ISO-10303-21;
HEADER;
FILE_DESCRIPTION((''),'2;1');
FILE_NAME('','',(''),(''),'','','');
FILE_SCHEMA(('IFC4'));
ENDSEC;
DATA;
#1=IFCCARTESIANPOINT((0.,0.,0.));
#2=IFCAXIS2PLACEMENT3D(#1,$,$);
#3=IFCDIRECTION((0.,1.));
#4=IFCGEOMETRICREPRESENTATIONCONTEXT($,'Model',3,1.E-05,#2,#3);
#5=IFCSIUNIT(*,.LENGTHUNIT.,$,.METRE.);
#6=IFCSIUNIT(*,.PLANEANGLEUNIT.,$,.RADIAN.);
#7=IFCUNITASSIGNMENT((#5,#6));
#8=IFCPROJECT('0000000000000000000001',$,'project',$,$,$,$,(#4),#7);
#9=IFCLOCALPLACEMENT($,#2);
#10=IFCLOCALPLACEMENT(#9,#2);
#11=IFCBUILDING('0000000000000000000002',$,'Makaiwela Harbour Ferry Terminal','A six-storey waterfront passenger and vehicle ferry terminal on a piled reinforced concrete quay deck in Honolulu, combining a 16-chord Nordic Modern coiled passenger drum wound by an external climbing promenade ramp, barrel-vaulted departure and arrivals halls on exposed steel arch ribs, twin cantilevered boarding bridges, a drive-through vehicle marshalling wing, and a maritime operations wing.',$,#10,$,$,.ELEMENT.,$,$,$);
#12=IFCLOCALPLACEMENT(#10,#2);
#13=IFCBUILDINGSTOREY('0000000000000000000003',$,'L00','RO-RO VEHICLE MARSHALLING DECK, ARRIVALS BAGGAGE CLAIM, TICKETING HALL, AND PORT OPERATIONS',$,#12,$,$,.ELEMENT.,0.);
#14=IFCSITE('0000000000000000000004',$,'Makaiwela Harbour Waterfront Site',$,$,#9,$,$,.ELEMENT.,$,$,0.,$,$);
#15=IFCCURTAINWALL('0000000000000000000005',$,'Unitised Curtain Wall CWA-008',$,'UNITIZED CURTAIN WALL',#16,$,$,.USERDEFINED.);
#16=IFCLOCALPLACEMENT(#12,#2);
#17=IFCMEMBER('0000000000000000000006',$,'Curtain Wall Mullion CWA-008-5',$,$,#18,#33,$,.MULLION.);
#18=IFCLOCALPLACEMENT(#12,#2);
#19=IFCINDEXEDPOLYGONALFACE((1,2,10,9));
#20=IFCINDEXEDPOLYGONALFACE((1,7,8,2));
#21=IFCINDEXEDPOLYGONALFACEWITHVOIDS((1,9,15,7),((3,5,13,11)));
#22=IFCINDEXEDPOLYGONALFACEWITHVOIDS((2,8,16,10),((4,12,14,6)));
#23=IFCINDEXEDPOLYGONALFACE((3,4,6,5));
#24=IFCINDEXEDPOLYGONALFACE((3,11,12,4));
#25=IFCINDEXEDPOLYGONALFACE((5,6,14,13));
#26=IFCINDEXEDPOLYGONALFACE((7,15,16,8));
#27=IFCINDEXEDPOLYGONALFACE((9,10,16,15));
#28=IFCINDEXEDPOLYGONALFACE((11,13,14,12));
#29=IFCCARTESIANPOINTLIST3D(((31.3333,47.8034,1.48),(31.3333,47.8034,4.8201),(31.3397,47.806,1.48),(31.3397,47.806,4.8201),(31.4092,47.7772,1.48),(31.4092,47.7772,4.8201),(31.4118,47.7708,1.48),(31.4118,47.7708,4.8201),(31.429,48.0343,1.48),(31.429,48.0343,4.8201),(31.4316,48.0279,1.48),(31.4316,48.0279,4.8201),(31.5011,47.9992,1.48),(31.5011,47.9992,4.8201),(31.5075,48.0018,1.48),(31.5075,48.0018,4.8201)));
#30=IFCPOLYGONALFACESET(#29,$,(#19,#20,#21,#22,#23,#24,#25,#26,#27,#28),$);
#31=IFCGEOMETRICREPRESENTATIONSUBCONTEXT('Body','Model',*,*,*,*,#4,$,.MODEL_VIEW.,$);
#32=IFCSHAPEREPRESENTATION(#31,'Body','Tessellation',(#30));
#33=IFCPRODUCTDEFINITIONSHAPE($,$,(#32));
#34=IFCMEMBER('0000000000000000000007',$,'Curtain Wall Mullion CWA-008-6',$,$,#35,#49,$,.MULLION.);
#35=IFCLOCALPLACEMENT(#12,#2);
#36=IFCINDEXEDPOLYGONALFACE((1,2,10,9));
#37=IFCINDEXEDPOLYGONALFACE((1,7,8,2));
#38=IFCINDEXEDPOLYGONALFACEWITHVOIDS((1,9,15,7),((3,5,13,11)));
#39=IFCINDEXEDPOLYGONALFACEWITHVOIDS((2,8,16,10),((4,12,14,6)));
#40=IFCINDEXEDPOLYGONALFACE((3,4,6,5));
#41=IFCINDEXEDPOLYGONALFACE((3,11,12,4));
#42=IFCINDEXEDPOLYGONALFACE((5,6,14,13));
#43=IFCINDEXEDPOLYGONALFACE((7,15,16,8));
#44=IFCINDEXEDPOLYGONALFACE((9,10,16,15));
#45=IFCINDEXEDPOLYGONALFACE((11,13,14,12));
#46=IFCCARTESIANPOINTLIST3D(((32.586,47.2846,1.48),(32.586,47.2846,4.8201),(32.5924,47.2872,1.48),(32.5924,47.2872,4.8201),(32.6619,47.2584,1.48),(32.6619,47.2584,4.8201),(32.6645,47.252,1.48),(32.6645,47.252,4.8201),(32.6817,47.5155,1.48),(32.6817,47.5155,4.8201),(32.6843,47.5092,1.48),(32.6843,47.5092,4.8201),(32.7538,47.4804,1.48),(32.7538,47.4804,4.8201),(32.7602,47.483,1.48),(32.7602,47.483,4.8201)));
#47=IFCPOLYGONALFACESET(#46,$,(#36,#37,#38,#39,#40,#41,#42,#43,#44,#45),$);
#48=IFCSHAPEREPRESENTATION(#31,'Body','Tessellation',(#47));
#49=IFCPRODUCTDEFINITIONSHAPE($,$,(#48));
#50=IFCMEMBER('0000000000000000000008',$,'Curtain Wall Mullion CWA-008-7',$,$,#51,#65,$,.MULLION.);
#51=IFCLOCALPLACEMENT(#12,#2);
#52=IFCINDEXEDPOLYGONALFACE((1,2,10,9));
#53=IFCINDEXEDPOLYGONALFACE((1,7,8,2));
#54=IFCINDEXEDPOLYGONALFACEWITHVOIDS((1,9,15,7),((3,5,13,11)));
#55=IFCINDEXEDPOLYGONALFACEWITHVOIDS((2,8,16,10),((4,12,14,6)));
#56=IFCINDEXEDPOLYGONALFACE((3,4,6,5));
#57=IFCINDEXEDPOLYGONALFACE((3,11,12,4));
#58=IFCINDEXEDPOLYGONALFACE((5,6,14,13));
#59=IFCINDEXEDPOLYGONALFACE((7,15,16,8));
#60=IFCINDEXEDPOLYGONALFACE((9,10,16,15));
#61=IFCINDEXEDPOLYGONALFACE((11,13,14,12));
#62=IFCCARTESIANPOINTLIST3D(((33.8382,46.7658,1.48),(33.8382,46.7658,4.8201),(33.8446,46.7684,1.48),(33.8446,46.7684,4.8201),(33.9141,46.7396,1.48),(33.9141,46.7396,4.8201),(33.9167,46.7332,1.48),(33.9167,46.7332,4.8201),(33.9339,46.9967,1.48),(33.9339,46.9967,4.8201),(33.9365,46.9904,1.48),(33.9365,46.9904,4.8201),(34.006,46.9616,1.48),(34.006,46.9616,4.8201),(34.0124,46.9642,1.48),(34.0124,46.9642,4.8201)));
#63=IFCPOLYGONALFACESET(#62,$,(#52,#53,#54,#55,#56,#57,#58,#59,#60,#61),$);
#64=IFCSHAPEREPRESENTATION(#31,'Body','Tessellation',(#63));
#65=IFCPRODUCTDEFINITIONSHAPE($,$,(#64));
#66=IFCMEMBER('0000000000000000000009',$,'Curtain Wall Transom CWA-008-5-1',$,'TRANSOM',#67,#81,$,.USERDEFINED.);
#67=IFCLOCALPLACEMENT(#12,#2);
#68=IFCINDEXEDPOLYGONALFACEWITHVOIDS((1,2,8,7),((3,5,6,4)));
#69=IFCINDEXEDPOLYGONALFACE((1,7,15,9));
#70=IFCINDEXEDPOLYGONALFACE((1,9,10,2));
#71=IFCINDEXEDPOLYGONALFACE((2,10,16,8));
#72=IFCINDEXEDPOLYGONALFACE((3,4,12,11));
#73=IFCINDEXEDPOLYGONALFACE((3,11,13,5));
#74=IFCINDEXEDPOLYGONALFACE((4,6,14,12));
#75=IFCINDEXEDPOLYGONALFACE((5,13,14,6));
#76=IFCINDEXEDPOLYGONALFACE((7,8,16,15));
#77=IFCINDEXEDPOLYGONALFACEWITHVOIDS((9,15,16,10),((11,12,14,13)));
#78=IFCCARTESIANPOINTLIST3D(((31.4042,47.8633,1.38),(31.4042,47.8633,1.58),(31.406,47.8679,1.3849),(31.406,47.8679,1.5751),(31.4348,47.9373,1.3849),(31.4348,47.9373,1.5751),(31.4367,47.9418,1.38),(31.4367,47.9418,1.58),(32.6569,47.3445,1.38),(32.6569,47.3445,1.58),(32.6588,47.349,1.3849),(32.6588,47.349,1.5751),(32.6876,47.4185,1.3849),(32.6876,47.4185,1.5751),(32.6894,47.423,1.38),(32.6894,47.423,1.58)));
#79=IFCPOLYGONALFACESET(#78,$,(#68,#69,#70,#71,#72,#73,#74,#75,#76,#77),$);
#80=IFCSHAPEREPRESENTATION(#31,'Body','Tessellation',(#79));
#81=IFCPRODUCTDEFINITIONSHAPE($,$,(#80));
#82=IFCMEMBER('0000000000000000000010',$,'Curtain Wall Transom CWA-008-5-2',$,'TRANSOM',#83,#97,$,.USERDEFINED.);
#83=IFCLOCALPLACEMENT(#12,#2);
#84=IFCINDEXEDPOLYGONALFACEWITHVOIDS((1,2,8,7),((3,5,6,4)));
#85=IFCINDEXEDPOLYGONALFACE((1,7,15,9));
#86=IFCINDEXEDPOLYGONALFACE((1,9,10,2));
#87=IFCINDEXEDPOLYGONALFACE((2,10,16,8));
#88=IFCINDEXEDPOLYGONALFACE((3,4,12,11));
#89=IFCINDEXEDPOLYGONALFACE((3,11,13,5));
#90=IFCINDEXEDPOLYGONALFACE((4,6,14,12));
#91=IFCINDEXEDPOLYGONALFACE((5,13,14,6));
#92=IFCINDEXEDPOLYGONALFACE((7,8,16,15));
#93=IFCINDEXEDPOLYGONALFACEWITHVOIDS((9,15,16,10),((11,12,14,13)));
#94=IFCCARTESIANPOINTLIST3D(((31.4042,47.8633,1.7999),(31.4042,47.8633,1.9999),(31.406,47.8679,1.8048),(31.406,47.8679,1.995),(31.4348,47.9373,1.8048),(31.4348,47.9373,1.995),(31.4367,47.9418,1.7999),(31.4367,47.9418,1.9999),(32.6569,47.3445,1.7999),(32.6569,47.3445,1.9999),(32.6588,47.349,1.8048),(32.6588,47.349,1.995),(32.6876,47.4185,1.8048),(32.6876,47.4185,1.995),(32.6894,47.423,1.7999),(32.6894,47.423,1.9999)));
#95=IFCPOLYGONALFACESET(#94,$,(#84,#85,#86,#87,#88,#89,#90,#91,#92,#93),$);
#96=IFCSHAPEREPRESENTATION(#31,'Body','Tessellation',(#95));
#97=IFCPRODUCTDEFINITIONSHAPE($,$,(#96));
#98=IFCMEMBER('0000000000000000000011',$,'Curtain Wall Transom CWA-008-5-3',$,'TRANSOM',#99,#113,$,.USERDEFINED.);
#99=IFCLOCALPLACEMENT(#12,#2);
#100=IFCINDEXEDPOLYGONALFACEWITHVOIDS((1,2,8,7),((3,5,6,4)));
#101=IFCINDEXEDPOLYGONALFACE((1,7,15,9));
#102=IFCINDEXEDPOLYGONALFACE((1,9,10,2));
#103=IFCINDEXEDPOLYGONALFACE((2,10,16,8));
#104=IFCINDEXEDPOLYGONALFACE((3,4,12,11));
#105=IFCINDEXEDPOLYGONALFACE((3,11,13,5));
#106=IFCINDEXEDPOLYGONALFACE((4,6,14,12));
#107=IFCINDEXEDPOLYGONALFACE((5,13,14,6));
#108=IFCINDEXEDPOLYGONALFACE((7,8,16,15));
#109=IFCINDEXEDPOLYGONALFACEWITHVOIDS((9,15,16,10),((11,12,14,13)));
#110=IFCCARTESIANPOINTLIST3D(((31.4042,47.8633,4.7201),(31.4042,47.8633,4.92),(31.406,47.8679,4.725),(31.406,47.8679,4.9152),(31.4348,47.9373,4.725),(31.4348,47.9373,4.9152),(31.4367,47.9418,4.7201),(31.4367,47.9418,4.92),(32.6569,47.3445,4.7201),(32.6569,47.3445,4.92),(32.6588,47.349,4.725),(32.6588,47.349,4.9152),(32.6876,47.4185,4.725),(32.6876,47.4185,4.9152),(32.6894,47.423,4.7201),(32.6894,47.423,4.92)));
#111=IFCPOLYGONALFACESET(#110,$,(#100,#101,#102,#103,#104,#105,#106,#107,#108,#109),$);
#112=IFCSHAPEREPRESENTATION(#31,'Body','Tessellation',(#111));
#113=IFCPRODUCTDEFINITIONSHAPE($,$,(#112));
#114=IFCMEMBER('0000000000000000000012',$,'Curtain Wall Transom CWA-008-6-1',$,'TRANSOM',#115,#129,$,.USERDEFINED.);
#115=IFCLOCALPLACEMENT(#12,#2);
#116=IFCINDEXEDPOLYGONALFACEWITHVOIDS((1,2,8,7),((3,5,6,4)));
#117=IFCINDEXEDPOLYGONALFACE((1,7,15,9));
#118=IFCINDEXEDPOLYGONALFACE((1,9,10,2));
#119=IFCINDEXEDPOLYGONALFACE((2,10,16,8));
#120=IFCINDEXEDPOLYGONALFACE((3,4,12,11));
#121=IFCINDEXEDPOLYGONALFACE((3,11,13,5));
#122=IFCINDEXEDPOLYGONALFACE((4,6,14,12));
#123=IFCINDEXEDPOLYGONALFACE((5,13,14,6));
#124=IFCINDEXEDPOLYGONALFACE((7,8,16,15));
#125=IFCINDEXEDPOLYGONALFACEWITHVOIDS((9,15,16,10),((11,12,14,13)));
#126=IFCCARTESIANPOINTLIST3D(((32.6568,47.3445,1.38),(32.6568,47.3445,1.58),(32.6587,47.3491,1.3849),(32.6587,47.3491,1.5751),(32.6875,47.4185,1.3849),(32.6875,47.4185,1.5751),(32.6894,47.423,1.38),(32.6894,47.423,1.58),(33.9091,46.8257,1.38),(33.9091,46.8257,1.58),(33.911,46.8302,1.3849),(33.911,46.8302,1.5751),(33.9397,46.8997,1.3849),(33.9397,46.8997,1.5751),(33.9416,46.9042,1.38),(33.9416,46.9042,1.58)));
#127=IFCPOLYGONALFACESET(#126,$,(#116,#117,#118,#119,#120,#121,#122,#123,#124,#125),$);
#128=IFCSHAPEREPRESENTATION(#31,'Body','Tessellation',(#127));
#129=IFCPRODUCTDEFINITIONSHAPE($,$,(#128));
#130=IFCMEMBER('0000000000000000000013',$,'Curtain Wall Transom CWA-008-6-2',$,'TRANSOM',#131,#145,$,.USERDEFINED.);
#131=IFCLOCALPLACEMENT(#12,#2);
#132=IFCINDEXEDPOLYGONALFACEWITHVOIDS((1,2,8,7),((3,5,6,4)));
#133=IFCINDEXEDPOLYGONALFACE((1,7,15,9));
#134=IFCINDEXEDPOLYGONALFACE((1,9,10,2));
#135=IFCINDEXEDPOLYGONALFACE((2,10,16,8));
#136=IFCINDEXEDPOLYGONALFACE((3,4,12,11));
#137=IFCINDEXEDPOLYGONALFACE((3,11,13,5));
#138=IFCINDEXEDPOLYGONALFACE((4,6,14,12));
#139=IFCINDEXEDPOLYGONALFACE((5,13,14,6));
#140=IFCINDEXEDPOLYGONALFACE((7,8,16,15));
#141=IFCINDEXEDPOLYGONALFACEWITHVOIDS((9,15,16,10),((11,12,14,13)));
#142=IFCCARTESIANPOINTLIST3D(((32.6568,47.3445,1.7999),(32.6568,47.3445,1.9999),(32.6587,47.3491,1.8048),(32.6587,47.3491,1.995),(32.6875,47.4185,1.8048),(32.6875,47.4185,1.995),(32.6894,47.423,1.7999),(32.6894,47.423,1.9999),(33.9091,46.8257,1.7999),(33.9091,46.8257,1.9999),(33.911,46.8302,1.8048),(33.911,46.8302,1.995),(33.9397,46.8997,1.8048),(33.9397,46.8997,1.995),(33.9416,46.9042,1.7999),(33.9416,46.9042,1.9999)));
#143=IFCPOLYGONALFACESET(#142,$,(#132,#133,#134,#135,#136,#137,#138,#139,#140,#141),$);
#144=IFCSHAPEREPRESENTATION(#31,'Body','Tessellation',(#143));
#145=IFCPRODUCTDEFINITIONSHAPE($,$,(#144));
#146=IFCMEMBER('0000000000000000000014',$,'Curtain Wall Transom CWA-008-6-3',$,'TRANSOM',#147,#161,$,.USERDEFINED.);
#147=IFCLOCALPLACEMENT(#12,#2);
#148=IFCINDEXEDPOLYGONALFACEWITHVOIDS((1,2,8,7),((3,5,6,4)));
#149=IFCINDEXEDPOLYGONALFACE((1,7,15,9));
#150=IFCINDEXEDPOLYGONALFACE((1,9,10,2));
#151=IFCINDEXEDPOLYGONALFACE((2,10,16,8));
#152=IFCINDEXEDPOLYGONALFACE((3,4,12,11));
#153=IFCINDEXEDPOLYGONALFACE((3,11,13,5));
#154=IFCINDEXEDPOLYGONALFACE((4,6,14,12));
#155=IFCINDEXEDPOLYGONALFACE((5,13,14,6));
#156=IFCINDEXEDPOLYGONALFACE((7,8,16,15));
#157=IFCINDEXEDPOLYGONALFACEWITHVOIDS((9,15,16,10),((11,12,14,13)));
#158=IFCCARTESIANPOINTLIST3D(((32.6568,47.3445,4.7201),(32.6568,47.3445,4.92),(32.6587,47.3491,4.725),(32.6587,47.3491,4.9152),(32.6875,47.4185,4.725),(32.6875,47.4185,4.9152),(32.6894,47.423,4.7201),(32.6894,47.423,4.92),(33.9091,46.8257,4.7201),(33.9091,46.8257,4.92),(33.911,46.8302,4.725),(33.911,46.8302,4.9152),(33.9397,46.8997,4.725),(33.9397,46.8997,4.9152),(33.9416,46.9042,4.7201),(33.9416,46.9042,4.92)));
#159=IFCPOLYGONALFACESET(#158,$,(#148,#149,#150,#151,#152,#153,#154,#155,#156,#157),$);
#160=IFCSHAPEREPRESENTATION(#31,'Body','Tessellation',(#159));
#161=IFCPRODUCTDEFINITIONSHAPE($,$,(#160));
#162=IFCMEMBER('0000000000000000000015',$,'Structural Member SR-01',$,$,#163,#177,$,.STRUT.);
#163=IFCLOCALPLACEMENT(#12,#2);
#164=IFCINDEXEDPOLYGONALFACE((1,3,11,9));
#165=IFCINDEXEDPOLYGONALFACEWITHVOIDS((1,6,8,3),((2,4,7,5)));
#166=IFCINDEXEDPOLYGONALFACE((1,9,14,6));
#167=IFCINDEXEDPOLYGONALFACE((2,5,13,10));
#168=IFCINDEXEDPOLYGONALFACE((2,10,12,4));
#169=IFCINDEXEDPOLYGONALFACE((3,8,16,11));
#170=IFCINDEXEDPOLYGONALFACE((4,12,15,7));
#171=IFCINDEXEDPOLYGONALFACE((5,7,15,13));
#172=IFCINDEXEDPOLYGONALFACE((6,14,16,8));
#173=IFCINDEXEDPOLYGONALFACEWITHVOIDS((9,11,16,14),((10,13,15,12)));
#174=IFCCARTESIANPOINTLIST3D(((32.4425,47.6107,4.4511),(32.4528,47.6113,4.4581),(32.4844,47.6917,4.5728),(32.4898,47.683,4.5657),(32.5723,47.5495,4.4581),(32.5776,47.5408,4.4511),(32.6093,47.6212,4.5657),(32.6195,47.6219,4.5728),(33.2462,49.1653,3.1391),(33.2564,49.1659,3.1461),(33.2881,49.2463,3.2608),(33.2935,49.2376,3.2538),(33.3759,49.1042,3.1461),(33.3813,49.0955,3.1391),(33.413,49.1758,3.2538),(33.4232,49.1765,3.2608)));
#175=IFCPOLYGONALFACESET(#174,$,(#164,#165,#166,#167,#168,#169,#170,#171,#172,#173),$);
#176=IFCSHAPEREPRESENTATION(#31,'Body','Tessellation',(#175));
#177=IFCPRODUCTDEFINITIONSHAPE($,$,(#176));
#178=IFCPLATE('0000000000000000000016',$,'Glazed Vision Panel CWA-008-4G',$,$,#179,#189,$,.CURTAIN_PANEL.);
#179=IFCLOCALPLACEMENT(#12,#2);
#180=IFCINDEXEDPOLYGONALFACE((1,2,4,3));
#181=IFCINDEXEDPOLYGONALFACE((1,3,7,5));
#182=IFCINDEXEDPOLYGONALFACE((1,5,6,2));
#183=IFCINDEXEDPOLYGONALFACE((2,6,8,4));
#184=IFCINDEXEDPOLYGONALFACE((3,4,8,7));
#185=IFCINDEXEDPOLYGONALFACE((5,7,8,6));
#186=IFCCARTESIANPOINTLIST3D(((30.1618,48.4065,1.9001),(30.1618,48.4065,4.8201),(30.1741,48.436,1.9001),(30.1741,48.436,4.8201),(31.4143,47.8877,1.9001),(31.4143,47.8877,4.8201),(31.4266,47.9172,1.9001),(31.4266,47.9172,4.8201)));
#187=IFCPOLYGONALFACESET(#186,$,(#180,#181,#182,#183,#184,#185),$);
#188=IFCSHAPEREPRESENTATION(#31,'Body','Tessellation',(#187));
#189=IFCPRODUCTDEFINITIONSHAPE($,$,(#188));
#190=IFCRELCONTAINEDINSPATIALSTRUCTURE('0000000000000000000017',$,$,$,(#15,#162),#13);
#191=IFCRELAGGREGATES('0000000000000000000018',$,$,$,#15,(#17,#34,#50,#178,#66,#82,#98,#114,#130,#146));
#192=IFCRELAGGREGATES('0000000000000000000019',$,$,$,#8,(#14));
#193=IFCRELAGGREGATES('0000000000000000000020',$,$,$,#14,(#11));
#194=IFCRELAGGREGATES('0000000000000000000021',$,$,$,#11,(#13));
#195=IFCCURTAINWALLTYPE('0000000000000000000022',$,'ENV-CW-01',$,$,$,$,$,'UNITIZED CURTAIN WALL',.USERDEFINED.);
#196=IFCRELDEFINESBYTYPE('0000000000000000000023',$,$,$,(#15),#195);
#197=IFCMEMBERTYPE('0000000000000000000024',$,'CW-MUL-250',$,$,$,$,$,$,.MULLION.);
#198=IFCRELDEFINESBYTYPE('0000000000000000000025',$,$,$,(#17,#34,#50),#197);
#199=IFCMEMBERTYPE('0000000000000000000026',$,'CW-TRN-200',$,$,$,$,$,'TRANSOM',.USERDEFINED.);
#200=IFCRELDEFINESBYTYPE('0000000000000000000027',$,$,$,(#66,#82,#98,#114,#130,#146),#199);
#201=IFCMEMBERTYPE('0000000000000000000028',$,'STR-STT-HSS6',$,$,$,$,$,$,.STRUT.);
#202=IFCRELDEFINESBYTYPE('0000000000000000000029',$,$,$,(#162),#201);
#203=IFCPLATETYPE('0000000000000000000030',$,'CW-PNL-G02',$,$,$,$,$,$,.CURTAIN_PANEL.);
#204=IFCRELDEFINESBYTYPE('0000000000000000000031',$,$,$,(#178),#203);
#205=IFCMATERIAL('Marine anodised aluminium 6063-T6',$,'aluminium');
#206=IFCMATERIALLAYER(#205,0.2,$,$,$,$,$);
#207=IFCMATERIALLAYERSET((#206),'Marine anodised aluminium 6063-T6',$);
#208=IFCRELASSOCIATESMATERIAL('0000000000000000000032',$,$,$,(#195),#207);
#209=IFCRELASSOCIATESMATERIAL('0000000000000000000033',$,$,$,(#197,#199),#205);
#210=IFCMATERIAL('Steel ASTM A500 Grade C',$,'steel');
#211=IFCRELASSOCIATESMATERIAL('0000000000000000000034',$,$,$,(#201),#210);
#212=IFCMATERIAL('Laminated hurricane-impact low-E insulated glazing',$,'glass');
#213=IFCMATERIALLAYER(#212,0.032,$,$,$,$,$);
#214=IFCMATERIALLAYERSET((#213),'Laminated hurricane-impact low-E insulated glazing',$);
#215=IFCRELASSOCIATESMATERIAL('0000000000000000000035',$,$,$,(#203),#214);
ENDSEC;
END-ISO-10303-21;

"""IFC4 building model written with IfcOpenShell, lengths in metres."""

from ifc_helpers import new_model, si_unit, direction, frame, origin, origin_2d, place, context, subcontext, project, spatial, rectangle, hollow_rectangle, extrude, material, layer, layer_set, material_profile, profile_set, type_object, element, aggregate, save


model = new_model("IFC4")

# Units and contexts
model_context = context("Model", 3, precision=1e-05, world=origin(), true_north=direction((0.0, 1.0)))
body_context = subcontext(model_context, "Body", "Model", "MODEL_VIEW")
ifc_project = project(units=[si_unit("LENGTHUNIT", "METRE"), si_unit("PLANEANGLEUNIT", "RADIAN")], contexts=[model_context])

# Site, building, storey
site_placement = place(None, origin())
site = spatial("IfcSite", under=ifc_project, at=site_placement, Name="Makaiwela Harbour Waterfront Site", CompositionType="ELEMENT", RefElevation=0.0)
building_placement = place(site_placement, origin())
building = spatial("IfcBuilding", under=site, at=building_placement, Name="Makaiwela Harbour Ferry Terminal", Description="A six-storey waterfront passenger and vehicle ferry terminal on a piled reinforced concrete quay deck in Honolulu, combining a 16-chord Nordic Modern coiled passenger drum wound by an external climbing promenade ramp, barrel-vaulted departure and arrivals halls on exposed steel arch ribs, twin cantilevered boarding bridges, a drive-through vehicle marshalling wing, and a maritime operations wing.", CompositionType="ELEMENT")
storey_placement = place(building_placement, origin())
storey = spatial("IfcBuildingStorey", under=building, at=storey_placement, Name="L00", Description="RO-RO VEHICLE MARSHALLING DECK, ARRIVALS BAGGAGE CLAIM, TICKETING HALL, AND PORT OPERATIONS", CompositionType="ELEMENT", Elevation=0.0)

# Curtain wall, members
ifc_material_1 = material(Name="Marine anodised aluminium 6063-T6", Category="aluminium")
ifc_layer_1 = layer(ifc_material_1, 0.2)
ifc_layer_set_1 = layer_set([ifc_layer_1], Name="Marine anodised aluminium 6063-T6")
curtain_wall_type = type_object("IfcCurtainWallType", Name="ENV-CW-01", ElementType="UNITIZED CURTAIN WALL", PredefinedType="USERDEFINED", material=ifc_layer_set_1)
curtain_wall_placement = place(storey_placement, origin())
curtain_wall = element("IfcCurtainWall", 1, at=curtain_wall_placement, inside=storey, type_object=curtain_wall_type, Name="Unitised Curtain Wall CWA-008", ObjectType="UNITIZED CURTAIN WALL", PredefinedType="USERDEFINED")
ifc_material_profile_1 = material_profile(ifc_material_1, hollow_rectangle(XDim=0.085, YDim=0.25, WallThickness=0.0049, at=origin_2d()), Name="CWM-250X85")
ifc_profile_set_1 = profile_set([ifc_material_profile_1], Name="Marine anodised aluminium 6063-T6")
member_type_1 = type_object("IfcMemberType", Name="CW-MUL-250", PredefinedType="MULLION", material=ifc_profile_set_1)
member_1_placement = place(storey_placement, frame((31.4204, 47.9026, 1.48), z_axis=(0.0, 0.0, 1.0), x_axis=(-0.92388, 0.382683, 0.0)))
member_1 = element("IfcMember", 2, at=member_1_placement, type_object=member_type_1, Name="Curtain Wall Mullion CWA-008-5", PredefinedType="MULLION", context=body_context, shape_type="SweptSolid", body=[
    extrude(hollow_rectangle(XDim=0.085, YDim=0.25, WallThickness=0.0049, at=origin_2d()), origin(), (0.0, 0.0, 1.0), 3.3401),
])
member_2_placement = place(storey_placement, frame((32.6731, 47.3838, 1.48), z_axis=(0.0, 0.0, 1.0), x_axis=(-0.92388, 0.382683, 0.0)))
member_2 = element("IfcMember", 3, at=member_2_placement, type_object=member_type_1, Name="Curtain Wall Mullion CWA-008-6", PredefinedType="MULLION", context=body_context, shape_type="SweptSolid", body=[
    extrude(hollow_rectangle(XDim=0.085, YDim=0.25, WallThickness=0.0049, at=origin_2d()), origin(), (0.0, 0.0, 1.0), 3.3401),
])
member_3_placement = place(storey_placement, frame((33.9253, 46.865, 1.48), z_axis=(0.0, 0.0, 1.0), x_axis=(-0.92388, 0.382683, 0.0)))
member_3 = element("IfcMember", 4, at=member_3_placement, type_object=member_type_1, Name="Curtain Wall Mullion CWA-008-7", PredefinedType="MULLION", context=body_context, shape_type="SweptSolid", body=[
    extrude(hollow_rectangle(XDim=0.085, YDim=0.25, WallThickness=0.0049, at=origin_2d()), origin(), (0.0, 0.0, 1.0), 3.3401),
])
ifc_material_profile_2 = material_profile(ifc_material_1, hollow_rectangle(XDim=0.085, YDim=0.2, WallThickness=0.0049, at=origin_2d()), Name="CWT-200X85")
ifc_profile_set_2 = profile_set([ifc_material_profile_2], Name="Marine anodised aluminium 6063-T6")
member_type_2 = type_object("IfcMemberType", Name="CW-TRN-200", ElementType="TRANSOM", PredefinedType="USERDEFINED", material=ifc_profile_set_2)
member_4_placement = place(storey_placement, frame((31.4204, 47.9026, 1.48), z_axis=(0.923901, -0.382633, 0.0), x_axis=(0.382633, 0.923901, 0.0)))
member_4 = element("IfcMember", 5, at=member_4_placement, type_object=member_type_2, Name="Curtain Wall Transom CWA-008-5-1", ObjectType="TRANSOM", PredefinedType="USERDEFINED", context=body_context, shape_type="SweptSolid", body=[
    extrude(hollow_rectangle(XDim=0.085, YDim=0.2, WallThickness=0.0049, at=origin_2d()), origin(), (0.0, 0.0, 1.0), 1.356),
])
member_5_placement = place(storey_placement, frame((31.4204, 47.9026, 1.8999), z_axis=(0.923901, -0.382633, 0.0), x_axis=(0.382633, 0.923901, 0.0)))
member_5 = element("IfcMember", 6, at=member_5_placement, type_object=member_type_2, Name="Curtain Wall Transom CWA-008-5-2", ObjectType="TRANSOM", PredefinedType="USERDEFINED", context=body_context, shape_type="SweptSolid", body=[
    extrude(hollow_rectangle(XDim=0.085, YDim=0.2, WallThickness=0.0049, at=origin_2d()), origin(), (0.0, 0.0, 1.0), 1.356),
])
member_6_placement = place(storey_placement, frame((31.4204, 47.9026, 4.8201), z_axis=(0.923901, -0.382633, 0.0), x_axis=(0.382633, 0.923901, 0.0)))
member_6 = element("IfcMember", 7, at=member_6_placement, type_object=member_type_2, Name="Curtain Wall Transom CWA-008-5-3", ObjectType="TRANSOM", PredefinedType="USERDEFINED", context=body_context, shape_type="SweptSolid", body=[
    extrude(hollow_rectangle(XDim=0.085, YDim=0.2, WallThickness=0.0049, at=origin_2d()), origin(), (0.0, 0.0, 1.0), 1.356),
])
member_7_placement = place(storey_placement, frame((32.6731, 47.3838, 1.48), z_axis=(0.923848, -0.38276, 0.0), x_axis=(0.38276, 0.923848, 0.0)))
member_7 = element("IfcMember", 8, at=member_7_placement, type_object=member_type_2, Name="Curtain Wall Transom CWA-008-6-1", ObjectType="TRANSOM", PredefinedType="USERDEFINED", context=body_context, shape_type="SweptSolid", body=[
    extrude(hollow_rectangle(XDim=0.085, YDim=0.2, WallThickness=0.0049, at=origin_2d()), origin(), (0.0, 0.0, 1.0), 1.3555),
])
member_8_placement = place(storey_placement, frame((32.6731, 47.3838, 1.8999), z_axis=(0.923848, -0.38276, 0.0), x_axis=(0.38276, 0.923848, 0.0)))
member_8 = element("IfcMember", 9, at=member_8_placement, type_object=member_type_2, Name="Curtain Wall Transom CWA-008-6-2", ObjectType="TRANSOM", PredefinedType="USERDEFINED", context=body_context, shape_type="SweptSolid", body=[
    extrude(hollow_rectangle(XDim=0.085, YDim=0.2, WallThickness=0.0049, at=origin_2d()), origin(), (0.0, 0.0, 1.0), 1.3555),
])
member_9_placement = place(storey_placement, frame((32.6731, 47.3838, 4.8201), z_axis=(0.923848, -0.38276, 0.0), x_axis=(0.38276, 0.923848, 0.0)))
member_9 = element("IfcMember", 10, at=member_9_placement, type_object=member_type_2, Name="Curtain Wall Transom CWA-008-6-3", ObjectType="TRANSOM", PredefinedType="USERDEFINED", context=body_context, shape_type="SweptSolid", body=[
    extrude(hollow_rectangle(XDim=0.085, YDim=0.2, WallThickness=0.0049, at=origin_2d()), origin(), (0.0, 0.0, 1.0), 1.3555),
])

# Member
ifc_material_2 = material(Name="Steel ASTM A500 Grade C", Category="steel")
ifc_material_profile_3 = material_profile(ifc_material_2, hollow_rectangle(XDim=0.1521, YDim=0.1521, WallThickness=0.0088, at=origin_2d()), Name="HSS6X6X3/8")
ifc_profile_set_3 = profile_set([ifc_material_profile_3], Name="Steel ASTM A500 Grade C")
member_type_3 = type_object("IfcMemberType", Name="STR-STT-HSS6", PredefinedType="STRUT", material=ifc_profile_set_3)
member_10_placement = place(storey_placement, frame((33.3347, 49.1709, 3.2), z_axis=(-0.367441, -0.710772, 0.599825), x_axis=(0.88832, -0.459226, 0.0)))
element("IfcMember", 11, at=member_10_placement, inside=storey, type_object=member_type_3, Name="Structural Member SR-01", PredefinedType="STRUT", context=body_context, shape_type="SweptSolid", body=[
    extrude(hollow_rectangle(XDim=0.1521, YDim=0.1521, WallThickness=0.0088, at=origin_2d()), origin(), (0.0, 0.0, 1.0), 2.1873),
])

# Plate
ifc_material_3 = material(Name="Laminated hurricane-impact low-E insulated glazing", Category="glass")
ifc_layer_2 = layer(ifc_material_3, 0.032)
ifc_layer_set_2 = layer_set([ifc_layer_2], Name="Laminated hurricane-impact low-E insulated glazing")
plate_type_1 = type_object("IfcPlateType", Name="CW-PNL-G02", PredefinedType="CURTAIN_PANEL", material=ifc_layer_set_2)
plate_1_placement = place(storey_placement, frame((30.7942, 48.1619, 1.9001), z_axis=(0.0, 0.0, 1.0), x_axis=(0.92388, -0.382683, 0.0)))
plate_1 = element("IfcPlate", 12, at=plate_1_placement, type_object=plate_type_1, Name="Glazed Vision Panel CWA-008-4G", PredefinedType="CURTAIN_PANEL", context=body_context, shape_type="SweptSolid", body=[
    extrude(rectangle(XDim=1.3557, YDim=0.032, at=origin_2d()), origin(), (0.0, 0.0, 1.0), 2.9199),
])
aggregate(curtain_wall, [member_1, member_2, member_3, plate_1, member_4, member_5, member_6, member_7, member_8, member_9])

save(model, "model.ifc")
